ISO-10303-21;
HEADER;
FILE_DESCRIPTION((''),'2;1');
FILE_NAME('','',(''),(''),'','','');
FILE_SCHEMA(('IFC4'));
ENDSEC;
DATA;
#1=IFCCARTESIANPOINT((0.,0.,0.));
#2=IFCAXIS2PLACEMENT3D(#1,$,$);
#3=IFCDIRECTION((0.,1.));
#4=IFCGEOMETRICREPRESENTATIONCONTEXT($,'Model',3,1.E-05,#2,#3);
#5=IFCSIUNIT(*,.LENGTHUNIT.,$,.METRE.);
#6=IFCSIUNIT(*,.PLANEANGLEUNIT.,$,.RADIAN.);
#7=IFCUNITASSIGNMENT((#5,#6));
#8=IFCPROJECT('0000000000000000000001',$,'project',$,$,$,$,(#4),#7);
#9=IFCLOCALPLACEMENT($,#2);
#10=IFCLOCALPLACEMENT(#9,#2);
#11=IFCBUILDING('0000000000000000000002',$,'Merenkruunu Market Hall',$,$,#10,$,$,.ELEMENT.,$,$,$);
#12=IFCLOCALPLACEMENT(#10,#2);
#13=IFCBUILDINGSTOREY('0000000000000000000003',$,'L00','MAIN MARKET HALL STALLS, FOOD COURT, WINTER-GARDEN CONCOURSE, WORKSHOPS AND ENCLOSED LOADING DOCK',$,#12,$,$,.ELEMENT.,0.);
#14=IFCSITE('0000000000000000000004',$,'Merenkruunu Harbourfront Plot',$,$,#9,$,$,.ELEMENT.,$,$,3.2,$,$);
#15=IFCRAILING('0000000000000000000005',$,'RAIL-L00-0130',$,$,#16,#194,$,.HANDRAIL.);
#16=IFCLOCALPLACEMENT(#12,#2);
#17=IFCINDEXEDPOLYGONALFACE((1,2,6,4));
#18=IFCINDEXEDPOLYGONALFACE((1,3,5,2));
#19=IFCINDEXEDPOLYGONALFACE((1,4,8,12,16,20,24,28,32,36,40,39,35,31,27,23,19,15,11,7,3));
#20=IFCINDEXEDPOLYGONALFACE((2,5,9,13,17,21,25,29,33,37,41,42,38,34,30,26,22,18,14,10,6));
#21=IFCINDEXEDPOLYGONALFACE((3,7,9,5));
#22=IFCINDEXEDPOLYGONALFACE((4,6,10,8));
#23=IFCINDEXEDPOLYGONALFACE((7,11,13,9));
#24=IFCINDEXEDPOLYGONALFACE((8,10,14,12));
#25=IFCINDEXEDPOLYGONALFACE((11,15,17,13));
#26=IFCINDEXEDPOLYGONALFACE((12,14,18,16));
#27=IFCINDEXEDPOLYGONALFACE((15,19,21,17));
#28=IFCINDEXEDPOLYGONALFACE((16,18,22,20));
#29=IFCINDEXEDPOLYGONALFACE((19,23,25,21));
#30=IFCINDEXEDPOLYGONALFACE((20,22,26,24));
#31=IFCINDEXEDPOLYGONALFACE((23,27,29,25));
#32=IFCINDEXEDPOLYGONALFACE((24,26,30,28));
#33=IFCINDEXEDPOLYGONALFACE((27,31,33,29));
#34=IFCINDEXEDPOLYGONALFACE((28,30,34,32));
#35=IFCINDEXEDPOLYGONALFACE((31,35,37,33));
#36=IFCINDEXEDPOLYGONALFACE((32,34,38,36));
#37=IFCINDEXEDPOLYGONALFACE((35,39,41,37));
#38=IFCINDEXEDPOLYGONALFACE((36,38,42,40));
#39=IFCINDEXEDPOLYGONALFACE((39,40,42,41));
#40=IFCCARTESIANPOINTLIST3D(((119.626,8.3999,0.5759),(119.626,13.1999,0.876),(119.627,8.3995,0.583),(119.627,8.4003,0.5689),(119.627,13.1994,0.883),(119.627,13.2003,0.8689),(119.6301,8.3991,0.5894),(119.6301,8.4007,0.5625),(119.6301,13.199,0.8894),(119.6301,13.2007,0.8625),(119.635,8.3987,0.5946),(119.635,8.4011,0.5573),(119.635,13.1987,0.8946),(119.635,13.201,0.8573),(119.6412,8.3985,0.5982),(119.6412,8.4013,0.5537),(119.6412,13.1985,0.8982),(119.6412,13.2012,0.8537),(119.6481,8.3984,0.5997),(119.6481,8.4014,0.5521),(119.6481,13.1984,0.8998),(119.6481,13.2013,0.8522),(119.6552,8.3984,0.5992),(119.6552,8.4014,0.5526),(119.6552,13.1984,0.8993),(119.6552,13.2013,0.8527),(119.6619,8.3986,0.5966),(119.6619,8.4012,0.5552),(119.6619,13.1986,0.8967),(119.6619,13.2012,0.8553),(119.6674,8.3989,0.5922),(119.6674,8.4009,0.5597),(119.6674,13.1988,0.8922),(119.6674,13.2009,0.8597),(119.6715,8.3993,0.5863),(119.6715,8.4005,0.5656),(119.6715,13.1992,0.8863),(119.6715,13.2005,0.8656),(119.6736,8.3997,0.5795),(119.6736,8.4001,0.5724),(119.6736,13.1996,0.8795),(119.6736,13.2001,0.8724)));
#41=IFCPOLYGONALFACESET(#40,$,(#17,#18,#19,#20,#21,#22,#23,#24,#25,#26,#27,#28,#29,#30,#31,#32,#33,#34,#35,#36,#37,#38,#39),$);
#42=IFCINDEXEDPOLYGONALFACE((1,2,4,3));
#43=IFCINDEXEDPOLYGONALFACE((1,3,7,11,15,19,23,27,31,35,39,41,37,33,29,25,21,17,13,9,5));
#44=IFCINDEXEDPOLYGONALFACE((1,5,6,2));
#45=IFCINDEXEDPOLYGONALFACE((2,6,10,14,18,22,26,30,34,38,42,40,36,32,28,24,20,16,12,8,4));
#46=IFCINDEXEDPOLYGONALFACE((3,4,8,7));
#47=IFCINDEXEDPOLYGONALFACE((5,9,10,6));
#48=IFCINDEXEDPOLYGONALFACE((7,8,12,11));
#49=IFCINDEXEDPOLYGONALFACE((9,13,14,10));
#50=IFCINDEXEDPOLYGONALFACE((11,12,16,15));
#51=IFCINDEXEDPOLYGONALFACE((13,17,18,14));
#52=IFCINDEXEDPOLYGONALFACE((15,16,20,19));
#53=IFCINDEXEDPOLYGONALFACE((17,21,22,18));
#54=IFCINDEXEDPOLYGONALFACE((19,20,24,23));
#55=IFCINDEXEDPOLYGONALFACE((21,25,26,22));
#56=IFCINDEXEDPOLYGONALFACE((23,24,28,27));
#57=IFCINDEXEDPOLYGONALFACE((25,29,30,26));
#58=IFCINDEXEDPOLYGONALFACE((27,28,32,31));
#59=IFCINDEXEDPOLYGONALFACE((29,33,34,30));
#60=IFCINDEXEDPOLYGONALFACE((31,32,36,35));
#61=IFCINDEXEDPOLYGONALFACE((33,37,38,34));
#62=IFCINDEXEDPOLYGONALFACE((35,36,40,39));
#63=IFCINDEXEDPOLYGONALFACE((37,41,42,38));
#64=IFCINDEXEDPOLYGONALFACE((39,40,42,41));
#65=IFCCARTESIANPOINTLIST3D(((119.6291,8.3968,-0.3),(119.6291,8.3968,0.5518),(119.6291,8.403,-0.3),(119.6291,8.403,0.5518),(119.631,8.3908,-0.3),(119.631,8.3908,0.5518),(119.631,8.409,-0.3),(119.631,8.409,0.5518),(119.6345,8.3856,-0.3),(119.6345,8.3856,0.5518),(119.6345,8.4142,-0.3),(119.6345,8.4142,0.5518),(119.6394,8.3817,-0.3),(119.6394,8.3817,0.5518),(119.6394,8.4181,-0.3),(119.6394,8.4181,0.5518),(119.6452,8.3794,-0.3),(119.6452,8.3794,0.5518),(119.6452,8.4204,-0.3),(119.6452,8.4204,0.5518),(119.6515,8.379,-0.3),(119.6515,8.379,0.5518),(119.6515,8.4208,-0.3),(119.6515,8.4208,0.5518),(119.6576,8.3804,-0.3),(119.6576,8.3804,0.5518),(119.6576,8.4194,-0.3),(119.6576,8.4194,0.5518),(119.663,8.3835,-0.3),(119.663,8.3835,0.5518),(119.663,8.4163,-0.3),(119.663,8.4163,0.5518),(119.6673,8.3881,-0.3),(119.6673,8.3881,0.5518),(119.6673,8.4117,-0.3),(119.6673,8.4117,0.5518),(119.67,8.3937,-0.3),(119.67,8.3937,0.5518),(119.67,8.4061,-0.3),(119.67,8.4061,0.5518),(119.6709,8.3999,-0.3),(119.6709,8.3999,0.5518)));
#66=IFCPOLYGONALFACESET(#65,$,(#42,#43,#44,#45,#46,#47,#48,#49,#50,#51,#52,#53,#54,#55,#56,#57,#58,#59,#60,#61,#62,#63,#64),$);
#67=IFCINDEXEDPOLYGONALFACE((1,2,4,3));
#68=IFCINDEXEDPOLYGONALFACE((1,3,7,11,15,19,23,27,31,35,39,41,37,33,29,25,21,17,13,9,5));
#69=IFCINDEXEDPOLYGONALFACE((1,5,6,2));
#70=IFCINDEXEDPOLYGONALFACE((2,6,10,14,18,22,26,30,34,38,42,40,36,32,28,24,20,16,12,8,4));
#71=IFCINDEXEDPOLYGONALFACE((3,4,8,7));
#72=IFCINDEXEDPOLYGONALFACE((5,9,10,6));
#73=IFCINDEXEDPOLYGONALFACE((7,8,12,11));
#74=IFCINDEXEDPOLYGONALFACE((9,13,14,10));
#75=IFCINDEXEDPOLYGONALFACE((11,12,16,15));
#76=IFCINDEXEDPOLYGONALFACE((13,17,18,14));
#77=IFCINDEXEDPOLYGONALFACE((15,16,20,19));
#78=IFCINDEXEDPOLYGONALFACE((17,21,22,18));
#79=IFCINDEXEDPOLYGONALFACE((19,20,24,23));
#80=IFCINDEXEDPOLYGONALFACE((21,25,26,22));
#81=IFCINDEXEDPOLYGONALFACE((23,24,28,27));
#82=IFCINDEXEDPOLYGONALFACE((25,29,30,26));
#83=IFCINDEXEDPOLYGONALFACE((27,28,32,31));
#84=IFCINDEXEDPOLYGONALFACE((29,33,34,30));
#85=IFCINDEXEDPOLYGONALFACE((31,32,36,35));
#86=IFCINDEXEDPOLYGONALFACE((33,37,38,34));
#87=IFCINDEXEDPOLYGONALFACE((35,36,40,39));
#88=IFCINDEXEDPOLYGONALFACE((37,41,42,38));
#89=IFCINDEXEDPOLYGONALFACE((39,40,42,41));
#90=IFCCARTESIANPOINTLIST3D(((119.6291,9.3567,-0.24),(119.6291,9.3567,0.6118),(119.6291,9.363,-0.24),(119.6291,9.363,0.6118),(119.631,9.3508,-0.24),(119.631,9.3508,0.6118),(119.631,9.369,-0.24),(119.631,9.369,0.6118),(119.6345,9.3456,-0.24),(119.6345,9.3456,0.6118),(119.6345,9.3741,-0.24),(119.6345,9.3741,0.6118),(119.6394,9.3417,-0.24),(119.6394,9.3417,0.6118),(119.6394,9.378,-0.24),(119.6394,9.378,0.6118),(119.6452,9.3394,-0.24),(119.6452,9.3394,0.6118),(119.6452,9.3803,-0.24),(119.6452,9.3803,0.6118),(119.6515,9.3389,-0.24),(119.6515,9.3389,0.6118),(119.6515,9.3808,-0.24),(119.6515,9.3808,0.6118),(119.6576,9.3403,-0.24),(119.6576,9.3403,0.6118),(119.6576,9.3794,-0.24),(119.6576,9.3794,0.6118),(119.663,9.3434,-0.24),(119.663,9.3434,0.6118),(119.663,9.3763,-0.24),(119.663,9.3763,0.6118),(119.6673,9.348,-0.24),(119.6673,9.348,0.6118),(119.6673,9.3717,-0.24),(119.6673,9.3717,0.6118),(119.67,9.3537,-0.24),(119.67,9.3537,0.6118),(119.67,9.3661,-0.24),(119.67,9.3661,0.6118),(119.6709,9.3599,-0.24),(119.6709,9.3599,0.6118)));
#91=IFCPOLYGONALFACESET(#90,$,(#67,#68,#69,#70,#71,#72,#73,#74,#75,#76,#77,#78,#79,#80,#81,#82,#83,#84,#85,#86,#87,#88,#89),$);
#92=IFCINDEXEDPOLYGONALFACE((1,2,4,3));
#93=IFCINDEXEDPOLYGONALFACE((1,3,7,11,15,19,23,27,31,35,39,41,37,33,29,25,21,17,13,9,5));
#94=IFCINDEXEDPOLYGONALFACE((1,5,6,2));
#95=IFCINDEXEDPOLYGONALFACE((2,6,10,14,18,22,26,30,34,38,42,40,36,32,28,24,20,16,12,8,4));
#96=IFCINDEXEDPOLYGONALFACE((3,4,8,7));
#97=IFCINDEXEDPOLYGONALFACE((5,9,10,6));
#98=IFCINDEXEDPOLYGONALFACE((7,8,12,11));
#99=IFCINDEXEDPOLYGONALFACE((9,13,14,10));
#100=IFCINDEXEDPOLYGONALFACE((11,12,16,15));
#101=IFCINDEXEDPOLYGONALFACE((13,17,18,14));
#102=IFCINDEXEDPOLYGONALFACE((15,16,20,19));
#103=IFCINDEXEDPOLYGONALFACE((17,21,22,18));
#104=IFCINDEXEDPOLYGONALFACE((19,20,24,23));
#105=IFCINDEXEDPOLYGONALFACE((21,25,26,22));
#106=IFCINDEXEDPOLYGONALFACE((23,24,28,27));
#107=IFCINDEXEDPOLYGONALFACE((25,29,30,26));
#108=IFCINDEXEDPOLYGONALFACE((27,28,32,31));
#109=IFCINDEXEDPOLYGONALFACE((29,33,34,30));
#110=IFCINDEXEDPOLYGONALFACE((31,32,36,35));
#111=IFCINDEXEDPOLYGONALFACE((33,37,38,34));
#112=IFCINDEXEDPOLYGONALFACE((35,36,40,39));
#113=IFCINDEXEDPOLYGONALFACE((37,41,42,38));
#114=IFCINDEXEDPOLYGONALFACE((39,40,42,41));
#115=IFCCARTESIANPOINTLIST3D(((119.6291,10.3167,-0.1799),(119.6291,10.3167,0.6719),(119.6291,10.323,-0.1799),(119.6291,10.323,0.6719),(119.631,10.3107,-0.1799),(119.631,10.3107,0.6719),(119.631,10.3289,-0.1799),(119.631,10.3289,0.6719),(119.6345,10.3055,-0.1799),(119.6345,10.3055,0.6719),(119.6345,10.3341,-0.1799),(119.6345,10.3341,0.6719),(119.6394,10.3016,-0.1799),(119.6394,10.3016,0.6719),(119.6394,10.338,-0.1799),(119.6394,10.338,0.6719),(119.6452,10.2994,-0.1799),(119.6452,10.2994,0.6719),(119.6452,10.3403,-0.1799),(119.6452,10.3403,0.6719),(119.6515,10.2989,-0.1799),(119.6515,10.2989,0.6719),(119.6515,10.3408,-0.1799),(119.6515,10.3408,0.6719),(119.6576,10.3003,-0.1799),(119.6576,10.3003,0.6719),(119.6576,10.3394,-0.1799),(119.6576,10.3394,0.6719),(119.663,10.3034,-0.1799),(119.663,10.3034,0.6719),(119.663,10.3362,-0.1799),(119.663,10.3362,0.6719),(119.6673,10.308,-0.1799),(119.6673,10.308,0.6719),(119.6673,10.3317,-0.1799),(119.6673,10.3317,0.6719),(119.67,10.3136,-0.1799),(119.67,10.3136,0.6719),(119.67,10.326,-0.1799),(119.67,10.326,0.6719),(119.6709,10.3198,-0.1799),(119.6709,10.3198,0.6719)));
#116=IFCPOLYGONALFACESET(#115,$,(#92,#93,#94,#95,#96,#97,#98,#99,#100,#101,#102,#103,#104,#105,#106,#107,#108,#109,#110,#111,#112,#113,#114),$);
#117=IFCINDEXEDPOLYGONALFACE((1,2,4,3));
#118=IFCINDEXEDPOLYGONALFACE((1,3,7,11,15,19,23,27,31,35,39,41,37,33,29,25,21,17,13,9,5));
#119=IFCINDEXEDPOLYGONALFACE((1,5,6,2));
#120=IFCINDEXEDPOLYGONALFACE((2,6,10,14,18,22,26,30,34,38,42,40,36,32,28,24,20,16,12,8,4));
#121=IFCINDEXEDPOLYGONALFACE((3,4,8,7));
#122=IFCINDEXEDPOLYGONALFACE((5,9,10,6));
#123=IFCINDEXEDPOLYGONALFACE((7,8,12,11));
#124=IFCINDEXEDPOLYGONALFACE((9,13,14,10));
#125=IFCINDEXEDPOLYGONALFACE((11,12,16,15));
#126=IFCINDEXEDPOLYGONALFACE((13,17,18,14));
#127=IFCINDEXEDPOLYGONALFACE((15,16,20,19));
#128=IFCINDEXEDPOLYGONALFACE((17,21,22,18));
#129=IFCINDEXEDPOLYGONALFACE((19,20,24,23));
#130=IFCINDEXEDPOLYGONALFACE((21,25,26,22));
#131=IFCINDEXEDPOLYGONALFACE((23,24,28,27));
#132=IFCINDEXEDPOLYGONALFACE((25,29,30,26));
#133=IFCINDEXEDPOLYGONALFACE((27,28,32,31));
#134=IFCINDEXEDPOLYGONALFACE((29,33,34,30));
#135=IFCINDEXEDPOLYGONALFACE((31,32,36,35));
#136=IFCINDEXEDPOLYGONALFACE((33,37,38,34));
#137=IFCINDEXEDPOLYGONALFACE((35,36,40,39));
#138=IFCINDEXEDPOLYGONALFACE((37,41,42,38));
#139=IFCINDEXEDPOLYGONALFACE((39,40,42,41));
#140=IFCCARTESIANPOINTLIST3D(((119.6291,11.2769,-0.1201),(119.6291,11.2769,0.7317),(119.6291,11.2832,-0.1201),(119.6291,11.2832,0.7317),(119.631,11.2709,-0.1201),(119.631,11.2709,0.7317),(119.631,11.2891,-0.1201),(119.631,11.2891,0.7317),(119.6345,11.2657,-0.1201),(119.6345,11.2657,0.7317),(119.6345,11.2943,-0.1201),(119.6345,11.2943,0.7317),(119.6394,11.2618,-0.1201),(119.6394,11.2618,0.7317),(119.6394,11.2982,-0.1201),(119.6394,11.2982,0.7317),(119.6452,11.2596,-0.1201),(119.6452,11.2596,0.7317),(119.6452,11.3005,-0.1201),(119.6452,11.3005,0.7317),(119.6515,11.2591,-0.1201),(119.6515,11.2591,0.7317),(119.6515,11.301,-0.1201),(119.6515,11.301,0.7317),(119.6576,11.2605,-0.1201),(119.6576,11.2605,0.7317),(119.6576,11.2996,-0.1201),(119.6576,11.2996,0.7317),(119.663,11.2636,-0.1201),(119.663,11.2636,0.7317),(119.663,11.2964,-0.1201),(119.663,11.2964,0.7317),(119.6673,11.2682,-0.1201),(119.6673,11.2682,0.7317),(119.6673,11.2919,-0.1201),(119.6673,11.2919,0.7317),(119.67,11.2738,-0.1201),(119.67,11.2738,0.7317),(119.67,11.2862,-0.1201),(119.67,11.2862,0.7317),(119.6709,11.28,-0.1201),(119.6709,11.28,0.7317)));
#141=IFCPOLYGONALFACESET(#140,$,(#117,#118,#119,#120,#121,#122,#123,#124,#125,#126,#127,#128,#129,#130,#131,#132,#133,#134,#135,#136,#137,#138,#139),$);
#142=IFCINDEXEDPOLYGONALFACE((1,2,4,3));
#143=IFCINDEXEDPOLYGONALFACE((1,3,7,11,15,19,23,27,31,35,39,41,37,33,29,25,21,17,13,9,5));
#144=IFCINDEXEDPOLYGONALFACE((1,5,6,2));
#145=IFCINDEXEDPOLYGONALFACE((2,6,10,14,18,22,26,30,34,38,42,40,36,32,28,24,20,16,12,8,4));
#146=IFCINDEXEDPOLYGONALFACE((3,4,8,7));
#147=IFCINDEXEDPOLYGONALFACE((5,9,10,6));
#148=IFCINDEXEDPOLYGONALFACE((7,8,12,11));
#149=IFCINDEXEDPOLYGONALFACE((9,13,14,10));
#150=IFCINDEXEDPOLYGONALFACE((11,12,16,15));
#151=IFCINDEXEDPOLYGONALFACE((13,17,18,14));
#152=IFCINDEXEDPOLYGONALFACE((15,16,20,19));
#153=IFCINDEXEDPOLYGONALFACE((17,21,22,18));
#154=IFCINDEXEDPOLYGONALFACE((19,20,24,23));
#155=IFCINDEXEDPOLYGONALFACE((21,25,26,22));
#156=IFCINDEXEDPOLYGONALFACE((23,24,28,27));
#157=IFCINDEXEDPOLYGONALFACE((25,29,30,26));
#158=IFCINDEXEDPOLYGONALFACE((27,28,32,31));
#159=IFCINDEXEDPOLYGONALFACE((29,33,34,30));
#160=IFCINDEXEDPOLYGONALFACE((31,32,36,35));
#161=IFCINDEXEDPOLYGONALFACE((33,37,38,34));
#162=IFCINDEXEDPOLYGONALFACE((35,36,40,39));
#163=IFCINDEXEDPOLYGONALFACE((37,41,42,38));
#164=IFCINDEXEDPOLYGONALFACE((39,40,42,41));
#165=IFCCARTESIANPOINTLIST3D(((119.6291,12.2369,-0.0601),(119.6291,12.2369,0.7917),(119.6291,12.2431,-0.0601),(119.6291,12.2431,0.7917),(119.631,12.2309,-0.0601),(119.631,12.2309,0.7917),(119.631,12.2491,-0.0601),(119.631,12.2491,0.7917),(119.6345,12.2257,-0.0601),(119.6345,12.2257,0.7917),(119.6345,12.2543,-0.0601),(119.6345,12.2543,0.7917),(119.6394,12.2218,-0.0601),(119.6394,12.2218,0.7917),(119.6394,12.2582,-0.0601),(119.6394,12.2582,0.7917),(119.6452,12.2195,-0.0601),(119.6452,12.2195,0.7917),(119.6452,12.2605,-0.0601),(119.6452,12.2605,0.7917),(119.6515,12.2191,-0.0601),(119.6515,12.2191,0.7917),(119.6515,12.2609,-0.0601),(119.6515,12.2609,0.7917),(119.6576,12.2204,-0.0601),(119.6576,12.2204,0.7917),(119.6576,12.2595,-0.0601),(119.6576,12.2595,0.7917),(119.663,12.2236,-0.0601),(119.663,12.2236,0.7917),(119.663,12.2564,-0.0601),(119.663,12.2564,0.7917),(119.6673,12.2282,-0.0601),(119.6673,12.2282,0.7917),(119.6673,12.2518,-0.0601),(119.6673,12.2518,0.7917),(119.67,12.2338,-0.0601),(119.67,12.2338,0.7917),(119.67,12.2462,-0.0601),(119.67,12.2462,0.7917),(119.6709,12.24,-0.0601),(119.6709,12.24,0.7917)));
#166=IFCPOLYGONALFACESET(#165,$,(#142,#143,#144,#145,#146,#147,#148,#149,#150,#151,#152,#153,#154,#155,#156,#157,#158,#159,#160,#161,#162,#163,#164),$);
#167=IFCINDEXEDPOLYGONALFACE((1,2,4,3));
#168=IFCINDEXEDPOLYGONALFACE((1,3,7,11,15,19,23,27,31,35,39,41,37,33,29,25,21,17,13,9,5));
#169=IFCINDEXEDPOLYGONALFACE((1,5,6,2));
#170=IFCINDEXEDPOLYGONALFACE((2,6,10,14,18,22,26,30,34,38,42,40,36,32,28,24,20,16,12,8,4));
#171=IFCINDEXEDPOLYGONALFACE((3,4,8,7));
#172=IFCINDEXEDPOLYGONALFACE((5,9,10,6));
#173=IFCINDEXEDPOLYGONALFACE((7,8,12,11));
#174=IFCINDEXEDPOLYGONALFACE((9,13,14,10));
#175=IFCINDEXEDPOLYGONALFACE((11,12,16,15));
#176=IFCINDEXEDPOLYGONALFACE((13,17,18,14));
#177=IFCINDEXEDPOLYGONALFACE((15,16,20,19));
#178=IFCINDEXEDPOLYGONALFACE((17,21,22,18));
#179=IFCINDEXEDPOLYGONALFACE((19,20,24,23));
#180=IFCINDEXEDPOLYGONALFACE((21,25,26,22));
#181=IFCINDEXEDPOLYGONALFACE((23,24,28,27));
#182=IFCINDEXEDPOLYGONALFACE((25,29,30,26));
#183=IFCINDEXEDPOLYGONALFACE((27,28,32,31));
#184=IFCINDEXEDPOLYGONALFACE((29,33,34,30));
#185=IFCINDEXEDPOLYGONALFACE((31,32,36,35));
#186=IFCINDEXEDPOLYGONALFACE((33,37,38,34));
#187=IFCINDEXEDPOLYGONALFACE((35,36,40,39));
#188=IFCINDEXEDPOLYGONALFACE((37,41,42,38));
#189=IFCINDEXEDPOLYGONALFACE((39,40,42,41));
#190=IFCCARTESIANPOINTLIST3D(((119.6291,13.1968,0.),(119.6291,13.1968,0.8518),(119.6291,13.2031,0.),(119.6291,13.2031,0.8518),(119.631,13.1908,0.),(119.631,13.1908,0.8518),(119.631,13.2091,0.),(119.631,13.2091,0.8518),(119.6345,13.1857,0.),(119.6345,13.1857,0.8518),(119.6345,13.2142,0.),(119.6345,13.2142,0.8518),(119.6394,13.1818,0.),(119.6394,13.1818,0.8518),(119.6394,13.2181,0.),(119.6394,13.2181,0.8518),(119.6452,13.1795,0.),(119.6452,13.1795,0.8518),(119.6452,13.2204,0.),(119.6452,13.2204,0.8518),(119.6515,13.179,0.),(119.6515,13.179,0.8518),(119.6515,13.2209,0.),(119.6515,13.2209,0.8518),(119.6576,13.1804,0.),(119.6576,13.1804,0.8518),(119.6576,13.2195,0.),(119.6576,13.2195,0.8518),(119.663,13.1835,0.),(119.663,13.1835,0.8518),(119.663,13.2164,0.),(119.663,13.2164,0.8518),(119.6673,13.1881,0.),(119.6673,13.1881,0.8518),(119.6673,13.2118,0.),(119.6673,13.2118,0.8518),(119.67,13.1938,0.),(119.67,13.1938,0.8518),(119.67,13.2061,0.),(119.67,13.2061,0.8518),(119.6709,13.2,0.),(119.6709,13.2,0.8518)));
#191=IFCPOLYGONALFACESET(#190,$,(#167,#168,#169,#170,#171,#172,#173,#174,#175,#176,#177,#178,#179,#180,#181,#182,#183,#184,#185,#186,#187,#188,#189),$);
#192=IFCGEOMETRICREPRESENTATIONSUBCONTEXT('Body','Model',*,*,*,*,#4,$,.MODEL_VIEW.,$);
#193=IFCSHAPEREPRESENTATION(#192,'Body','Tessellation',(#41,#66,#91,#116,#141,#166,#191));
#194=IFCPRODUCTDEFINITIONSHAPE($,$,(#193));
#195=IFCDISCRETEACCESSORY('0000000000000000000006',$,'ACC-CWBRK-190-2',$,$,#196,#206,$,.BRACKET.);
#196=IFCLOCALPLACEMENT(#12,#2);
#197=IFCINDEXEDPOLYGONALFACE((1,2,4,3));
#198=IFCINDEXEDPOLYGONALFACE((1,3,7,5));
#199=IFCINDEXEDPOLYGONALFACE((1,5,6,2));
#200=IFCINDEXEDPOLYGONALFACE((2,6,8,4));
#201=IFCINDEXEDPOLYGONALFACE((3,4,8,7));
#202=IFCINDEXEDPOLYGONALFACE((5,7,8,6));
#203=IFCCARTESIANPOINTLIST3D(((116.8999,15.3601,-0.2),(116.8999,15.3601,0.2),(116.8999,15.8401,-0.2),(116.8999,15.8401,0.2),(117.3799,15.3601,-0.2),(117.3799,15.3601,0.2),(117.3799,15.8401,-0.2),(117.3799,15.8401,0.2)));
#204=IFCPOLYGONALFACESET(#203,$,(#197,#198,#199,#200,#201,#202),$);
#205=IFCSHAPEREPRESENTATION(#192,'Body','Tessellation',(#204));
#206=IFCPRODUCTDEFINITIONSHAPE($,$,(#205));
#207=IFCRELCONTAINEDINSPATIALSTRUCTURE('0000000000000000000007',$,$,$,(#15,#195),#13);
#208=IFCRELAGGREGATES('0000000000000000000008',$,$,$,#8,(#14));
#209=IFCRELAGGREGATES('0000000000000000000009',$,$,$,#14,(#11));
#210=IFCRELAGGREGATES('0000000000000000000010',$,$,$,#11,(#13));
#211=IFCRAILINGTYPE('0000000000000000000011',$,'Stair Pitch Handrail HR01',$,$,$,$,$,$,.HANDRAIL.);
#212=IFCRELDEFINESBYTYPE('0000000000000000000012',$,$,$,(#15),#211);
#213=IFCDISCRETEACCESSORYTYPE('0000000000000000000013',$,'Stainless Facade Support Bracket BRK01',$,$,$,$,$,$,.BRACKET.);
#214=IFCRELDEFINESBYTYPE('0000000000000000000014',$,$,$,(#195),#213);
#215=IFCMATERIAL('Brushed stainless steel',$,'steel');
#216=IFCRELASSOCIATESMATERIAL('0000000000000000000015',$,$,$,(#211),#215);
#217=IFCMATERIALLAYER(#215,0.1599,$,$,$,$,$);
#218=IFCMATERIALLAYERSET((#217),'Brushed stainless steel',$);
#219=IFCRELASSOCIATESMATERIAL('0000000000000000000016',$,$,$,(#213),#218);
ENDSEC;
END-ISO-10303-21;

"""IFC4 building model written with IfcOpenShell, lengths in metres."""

from ifc_helpers import new_model, si_unit, direction, frame, origin, origin_2d, place, context, subcontext, project, spatial, rectangle, circle, extrude, material, layer, layer_set, type_object, element, save


model = new_model("IFC4")

# Units and contexts
model_context = context("Model", 3, precision=1e-05, world=origin(), true_north=direction((0.0, 1.0)))
body_context = subcontext(model_context, "Body", "Model", "MODEL_VIEW")
ifc_project = project(units=[si_unit("LENGTHUNIT", "METRE"), si_unit("PLANEANGLEUNIT", "RADIAN")], contexts=[model_context])

# Site, building, storey
site_placement = place(None, origin())
site = spatial("IfcSite", under=ifc_project, at=site_placement, Name="Merenkruunu Harbourfront Plot", CompositionType="ELEMENT", RefElevation=3.2)
building_placement = place(site_placement, origin())
building = spatial("IfcBuilding", under=site, at=building_placement, Name="Merenkruunu Market Hall", CompositionType="ELEMENT")
storey_placement = place(building_placement, origin())
storey = spatial("IfcBuildingStorey", under=building, at=storey_placement, Name="L00", Description="MAIN MARKET HALL STALLS, FOOD COURT, WINTER-GARDEN CONCOURSE, WORKSHOPS AND ENCLOSED LOADING DOCK", CompositionType="ELEMENT", Elevation=0.0)

# Railing
ifc_material_1 = material(Name="Brushed stainless steel", Category="steel")
railing_type = type_object("IfcRailingType", Name="Stair Pitch Handrail HR01", PredefinedType="HANDRAIL", material=ifc_material_1)
for number, where, name in (
    (1, (119.6499, 8.3999, -0.3), "RAIL-L00-0130"),
):
    element("IfcRailing", number, at=place(storey_placement, frame(where)), inside=storey, type_object=railing_type, Name=name, PredefinedType="HANDRAIL", context=body_context, shape_type="SweptSolid", body=[
        extrude(circle(Radius=0.0239, at=origin_2d()), frame((0.0, 0.0, 0.876), z_axis=(0.0, 0.998052, 0.062388), x_axis=(-1.0, 0.0, 0.0)), (0.0, 0.0, 1.0), 4.8093),
        extrude(circle(Radius=0.021, at=origin_2d()), origin(), (0.0, 0.0, 1.0), 0.8518),
        extrude(circle(Radius=0.021, at=origin_2d()), frame((0.0, 0.96, 0.0601)), (0.0, 0.0, 1.0), 0.8518),
        extrude(circle(Radius=0.021, at=origin_2d()), frame((0.0, 1.9199, 0.1201)), (0.0, 0.0, 1.0), 0.8518),
        extrude(circle(Radius=0.021, at=origin_2d()), frame((0.0, 2.8801, 0.1799)), (0.0, 0.0, 1.0), 0.8518),
        extrude(circle(Radius=0.021, at=origin_2d()), frame((0.0, 3.8401, 0.24)), (0.0, 0.0, 1.0), 0.8518),
        extrude(circle(Radius=0.021, at=origin_2d()), frame((0.0, 4.8, 0.3)), (0.0, 0.0, 1.0), 0.8518),
    ])

# Discrete accessory
ifc_layer_1 = layer(ifc_material_1, 0.1599)
ifc_layer_set_1 = layer_set([ifc_layer_1], Name="Brushed stainless steel")
discrete_accessory_type = type_object("IfcDiscreteAccessoryType", Name="Stainless Facade Support Bracket BRK01", PredefinedType="BRACKET", material=ifc_layer_set_1)
discrete_accessory_placement = place(storey_placement, frame((117.1399, 15.6001, -0.2), z_axis=(0.0, 0.0, 1.0), x_axis=(1.0, 0.0, 0.0)))
element("IfcDiscreteAccessory", 2, at=discrete_accessory_placement, inside=storey, type_object=discrete_accessory_type, Name="ACC-CWBRK-190-2", PredefinedType="BRACKET", context=body_context, shape_type="SweptSolid", body=[
    extrude(rectangle(XDim=0.48, YDim=0.48, at=origin_2d()), origin(), (0.0, 0.0, 1.0), 0.3999),
])

save(model, "model.ifc")
